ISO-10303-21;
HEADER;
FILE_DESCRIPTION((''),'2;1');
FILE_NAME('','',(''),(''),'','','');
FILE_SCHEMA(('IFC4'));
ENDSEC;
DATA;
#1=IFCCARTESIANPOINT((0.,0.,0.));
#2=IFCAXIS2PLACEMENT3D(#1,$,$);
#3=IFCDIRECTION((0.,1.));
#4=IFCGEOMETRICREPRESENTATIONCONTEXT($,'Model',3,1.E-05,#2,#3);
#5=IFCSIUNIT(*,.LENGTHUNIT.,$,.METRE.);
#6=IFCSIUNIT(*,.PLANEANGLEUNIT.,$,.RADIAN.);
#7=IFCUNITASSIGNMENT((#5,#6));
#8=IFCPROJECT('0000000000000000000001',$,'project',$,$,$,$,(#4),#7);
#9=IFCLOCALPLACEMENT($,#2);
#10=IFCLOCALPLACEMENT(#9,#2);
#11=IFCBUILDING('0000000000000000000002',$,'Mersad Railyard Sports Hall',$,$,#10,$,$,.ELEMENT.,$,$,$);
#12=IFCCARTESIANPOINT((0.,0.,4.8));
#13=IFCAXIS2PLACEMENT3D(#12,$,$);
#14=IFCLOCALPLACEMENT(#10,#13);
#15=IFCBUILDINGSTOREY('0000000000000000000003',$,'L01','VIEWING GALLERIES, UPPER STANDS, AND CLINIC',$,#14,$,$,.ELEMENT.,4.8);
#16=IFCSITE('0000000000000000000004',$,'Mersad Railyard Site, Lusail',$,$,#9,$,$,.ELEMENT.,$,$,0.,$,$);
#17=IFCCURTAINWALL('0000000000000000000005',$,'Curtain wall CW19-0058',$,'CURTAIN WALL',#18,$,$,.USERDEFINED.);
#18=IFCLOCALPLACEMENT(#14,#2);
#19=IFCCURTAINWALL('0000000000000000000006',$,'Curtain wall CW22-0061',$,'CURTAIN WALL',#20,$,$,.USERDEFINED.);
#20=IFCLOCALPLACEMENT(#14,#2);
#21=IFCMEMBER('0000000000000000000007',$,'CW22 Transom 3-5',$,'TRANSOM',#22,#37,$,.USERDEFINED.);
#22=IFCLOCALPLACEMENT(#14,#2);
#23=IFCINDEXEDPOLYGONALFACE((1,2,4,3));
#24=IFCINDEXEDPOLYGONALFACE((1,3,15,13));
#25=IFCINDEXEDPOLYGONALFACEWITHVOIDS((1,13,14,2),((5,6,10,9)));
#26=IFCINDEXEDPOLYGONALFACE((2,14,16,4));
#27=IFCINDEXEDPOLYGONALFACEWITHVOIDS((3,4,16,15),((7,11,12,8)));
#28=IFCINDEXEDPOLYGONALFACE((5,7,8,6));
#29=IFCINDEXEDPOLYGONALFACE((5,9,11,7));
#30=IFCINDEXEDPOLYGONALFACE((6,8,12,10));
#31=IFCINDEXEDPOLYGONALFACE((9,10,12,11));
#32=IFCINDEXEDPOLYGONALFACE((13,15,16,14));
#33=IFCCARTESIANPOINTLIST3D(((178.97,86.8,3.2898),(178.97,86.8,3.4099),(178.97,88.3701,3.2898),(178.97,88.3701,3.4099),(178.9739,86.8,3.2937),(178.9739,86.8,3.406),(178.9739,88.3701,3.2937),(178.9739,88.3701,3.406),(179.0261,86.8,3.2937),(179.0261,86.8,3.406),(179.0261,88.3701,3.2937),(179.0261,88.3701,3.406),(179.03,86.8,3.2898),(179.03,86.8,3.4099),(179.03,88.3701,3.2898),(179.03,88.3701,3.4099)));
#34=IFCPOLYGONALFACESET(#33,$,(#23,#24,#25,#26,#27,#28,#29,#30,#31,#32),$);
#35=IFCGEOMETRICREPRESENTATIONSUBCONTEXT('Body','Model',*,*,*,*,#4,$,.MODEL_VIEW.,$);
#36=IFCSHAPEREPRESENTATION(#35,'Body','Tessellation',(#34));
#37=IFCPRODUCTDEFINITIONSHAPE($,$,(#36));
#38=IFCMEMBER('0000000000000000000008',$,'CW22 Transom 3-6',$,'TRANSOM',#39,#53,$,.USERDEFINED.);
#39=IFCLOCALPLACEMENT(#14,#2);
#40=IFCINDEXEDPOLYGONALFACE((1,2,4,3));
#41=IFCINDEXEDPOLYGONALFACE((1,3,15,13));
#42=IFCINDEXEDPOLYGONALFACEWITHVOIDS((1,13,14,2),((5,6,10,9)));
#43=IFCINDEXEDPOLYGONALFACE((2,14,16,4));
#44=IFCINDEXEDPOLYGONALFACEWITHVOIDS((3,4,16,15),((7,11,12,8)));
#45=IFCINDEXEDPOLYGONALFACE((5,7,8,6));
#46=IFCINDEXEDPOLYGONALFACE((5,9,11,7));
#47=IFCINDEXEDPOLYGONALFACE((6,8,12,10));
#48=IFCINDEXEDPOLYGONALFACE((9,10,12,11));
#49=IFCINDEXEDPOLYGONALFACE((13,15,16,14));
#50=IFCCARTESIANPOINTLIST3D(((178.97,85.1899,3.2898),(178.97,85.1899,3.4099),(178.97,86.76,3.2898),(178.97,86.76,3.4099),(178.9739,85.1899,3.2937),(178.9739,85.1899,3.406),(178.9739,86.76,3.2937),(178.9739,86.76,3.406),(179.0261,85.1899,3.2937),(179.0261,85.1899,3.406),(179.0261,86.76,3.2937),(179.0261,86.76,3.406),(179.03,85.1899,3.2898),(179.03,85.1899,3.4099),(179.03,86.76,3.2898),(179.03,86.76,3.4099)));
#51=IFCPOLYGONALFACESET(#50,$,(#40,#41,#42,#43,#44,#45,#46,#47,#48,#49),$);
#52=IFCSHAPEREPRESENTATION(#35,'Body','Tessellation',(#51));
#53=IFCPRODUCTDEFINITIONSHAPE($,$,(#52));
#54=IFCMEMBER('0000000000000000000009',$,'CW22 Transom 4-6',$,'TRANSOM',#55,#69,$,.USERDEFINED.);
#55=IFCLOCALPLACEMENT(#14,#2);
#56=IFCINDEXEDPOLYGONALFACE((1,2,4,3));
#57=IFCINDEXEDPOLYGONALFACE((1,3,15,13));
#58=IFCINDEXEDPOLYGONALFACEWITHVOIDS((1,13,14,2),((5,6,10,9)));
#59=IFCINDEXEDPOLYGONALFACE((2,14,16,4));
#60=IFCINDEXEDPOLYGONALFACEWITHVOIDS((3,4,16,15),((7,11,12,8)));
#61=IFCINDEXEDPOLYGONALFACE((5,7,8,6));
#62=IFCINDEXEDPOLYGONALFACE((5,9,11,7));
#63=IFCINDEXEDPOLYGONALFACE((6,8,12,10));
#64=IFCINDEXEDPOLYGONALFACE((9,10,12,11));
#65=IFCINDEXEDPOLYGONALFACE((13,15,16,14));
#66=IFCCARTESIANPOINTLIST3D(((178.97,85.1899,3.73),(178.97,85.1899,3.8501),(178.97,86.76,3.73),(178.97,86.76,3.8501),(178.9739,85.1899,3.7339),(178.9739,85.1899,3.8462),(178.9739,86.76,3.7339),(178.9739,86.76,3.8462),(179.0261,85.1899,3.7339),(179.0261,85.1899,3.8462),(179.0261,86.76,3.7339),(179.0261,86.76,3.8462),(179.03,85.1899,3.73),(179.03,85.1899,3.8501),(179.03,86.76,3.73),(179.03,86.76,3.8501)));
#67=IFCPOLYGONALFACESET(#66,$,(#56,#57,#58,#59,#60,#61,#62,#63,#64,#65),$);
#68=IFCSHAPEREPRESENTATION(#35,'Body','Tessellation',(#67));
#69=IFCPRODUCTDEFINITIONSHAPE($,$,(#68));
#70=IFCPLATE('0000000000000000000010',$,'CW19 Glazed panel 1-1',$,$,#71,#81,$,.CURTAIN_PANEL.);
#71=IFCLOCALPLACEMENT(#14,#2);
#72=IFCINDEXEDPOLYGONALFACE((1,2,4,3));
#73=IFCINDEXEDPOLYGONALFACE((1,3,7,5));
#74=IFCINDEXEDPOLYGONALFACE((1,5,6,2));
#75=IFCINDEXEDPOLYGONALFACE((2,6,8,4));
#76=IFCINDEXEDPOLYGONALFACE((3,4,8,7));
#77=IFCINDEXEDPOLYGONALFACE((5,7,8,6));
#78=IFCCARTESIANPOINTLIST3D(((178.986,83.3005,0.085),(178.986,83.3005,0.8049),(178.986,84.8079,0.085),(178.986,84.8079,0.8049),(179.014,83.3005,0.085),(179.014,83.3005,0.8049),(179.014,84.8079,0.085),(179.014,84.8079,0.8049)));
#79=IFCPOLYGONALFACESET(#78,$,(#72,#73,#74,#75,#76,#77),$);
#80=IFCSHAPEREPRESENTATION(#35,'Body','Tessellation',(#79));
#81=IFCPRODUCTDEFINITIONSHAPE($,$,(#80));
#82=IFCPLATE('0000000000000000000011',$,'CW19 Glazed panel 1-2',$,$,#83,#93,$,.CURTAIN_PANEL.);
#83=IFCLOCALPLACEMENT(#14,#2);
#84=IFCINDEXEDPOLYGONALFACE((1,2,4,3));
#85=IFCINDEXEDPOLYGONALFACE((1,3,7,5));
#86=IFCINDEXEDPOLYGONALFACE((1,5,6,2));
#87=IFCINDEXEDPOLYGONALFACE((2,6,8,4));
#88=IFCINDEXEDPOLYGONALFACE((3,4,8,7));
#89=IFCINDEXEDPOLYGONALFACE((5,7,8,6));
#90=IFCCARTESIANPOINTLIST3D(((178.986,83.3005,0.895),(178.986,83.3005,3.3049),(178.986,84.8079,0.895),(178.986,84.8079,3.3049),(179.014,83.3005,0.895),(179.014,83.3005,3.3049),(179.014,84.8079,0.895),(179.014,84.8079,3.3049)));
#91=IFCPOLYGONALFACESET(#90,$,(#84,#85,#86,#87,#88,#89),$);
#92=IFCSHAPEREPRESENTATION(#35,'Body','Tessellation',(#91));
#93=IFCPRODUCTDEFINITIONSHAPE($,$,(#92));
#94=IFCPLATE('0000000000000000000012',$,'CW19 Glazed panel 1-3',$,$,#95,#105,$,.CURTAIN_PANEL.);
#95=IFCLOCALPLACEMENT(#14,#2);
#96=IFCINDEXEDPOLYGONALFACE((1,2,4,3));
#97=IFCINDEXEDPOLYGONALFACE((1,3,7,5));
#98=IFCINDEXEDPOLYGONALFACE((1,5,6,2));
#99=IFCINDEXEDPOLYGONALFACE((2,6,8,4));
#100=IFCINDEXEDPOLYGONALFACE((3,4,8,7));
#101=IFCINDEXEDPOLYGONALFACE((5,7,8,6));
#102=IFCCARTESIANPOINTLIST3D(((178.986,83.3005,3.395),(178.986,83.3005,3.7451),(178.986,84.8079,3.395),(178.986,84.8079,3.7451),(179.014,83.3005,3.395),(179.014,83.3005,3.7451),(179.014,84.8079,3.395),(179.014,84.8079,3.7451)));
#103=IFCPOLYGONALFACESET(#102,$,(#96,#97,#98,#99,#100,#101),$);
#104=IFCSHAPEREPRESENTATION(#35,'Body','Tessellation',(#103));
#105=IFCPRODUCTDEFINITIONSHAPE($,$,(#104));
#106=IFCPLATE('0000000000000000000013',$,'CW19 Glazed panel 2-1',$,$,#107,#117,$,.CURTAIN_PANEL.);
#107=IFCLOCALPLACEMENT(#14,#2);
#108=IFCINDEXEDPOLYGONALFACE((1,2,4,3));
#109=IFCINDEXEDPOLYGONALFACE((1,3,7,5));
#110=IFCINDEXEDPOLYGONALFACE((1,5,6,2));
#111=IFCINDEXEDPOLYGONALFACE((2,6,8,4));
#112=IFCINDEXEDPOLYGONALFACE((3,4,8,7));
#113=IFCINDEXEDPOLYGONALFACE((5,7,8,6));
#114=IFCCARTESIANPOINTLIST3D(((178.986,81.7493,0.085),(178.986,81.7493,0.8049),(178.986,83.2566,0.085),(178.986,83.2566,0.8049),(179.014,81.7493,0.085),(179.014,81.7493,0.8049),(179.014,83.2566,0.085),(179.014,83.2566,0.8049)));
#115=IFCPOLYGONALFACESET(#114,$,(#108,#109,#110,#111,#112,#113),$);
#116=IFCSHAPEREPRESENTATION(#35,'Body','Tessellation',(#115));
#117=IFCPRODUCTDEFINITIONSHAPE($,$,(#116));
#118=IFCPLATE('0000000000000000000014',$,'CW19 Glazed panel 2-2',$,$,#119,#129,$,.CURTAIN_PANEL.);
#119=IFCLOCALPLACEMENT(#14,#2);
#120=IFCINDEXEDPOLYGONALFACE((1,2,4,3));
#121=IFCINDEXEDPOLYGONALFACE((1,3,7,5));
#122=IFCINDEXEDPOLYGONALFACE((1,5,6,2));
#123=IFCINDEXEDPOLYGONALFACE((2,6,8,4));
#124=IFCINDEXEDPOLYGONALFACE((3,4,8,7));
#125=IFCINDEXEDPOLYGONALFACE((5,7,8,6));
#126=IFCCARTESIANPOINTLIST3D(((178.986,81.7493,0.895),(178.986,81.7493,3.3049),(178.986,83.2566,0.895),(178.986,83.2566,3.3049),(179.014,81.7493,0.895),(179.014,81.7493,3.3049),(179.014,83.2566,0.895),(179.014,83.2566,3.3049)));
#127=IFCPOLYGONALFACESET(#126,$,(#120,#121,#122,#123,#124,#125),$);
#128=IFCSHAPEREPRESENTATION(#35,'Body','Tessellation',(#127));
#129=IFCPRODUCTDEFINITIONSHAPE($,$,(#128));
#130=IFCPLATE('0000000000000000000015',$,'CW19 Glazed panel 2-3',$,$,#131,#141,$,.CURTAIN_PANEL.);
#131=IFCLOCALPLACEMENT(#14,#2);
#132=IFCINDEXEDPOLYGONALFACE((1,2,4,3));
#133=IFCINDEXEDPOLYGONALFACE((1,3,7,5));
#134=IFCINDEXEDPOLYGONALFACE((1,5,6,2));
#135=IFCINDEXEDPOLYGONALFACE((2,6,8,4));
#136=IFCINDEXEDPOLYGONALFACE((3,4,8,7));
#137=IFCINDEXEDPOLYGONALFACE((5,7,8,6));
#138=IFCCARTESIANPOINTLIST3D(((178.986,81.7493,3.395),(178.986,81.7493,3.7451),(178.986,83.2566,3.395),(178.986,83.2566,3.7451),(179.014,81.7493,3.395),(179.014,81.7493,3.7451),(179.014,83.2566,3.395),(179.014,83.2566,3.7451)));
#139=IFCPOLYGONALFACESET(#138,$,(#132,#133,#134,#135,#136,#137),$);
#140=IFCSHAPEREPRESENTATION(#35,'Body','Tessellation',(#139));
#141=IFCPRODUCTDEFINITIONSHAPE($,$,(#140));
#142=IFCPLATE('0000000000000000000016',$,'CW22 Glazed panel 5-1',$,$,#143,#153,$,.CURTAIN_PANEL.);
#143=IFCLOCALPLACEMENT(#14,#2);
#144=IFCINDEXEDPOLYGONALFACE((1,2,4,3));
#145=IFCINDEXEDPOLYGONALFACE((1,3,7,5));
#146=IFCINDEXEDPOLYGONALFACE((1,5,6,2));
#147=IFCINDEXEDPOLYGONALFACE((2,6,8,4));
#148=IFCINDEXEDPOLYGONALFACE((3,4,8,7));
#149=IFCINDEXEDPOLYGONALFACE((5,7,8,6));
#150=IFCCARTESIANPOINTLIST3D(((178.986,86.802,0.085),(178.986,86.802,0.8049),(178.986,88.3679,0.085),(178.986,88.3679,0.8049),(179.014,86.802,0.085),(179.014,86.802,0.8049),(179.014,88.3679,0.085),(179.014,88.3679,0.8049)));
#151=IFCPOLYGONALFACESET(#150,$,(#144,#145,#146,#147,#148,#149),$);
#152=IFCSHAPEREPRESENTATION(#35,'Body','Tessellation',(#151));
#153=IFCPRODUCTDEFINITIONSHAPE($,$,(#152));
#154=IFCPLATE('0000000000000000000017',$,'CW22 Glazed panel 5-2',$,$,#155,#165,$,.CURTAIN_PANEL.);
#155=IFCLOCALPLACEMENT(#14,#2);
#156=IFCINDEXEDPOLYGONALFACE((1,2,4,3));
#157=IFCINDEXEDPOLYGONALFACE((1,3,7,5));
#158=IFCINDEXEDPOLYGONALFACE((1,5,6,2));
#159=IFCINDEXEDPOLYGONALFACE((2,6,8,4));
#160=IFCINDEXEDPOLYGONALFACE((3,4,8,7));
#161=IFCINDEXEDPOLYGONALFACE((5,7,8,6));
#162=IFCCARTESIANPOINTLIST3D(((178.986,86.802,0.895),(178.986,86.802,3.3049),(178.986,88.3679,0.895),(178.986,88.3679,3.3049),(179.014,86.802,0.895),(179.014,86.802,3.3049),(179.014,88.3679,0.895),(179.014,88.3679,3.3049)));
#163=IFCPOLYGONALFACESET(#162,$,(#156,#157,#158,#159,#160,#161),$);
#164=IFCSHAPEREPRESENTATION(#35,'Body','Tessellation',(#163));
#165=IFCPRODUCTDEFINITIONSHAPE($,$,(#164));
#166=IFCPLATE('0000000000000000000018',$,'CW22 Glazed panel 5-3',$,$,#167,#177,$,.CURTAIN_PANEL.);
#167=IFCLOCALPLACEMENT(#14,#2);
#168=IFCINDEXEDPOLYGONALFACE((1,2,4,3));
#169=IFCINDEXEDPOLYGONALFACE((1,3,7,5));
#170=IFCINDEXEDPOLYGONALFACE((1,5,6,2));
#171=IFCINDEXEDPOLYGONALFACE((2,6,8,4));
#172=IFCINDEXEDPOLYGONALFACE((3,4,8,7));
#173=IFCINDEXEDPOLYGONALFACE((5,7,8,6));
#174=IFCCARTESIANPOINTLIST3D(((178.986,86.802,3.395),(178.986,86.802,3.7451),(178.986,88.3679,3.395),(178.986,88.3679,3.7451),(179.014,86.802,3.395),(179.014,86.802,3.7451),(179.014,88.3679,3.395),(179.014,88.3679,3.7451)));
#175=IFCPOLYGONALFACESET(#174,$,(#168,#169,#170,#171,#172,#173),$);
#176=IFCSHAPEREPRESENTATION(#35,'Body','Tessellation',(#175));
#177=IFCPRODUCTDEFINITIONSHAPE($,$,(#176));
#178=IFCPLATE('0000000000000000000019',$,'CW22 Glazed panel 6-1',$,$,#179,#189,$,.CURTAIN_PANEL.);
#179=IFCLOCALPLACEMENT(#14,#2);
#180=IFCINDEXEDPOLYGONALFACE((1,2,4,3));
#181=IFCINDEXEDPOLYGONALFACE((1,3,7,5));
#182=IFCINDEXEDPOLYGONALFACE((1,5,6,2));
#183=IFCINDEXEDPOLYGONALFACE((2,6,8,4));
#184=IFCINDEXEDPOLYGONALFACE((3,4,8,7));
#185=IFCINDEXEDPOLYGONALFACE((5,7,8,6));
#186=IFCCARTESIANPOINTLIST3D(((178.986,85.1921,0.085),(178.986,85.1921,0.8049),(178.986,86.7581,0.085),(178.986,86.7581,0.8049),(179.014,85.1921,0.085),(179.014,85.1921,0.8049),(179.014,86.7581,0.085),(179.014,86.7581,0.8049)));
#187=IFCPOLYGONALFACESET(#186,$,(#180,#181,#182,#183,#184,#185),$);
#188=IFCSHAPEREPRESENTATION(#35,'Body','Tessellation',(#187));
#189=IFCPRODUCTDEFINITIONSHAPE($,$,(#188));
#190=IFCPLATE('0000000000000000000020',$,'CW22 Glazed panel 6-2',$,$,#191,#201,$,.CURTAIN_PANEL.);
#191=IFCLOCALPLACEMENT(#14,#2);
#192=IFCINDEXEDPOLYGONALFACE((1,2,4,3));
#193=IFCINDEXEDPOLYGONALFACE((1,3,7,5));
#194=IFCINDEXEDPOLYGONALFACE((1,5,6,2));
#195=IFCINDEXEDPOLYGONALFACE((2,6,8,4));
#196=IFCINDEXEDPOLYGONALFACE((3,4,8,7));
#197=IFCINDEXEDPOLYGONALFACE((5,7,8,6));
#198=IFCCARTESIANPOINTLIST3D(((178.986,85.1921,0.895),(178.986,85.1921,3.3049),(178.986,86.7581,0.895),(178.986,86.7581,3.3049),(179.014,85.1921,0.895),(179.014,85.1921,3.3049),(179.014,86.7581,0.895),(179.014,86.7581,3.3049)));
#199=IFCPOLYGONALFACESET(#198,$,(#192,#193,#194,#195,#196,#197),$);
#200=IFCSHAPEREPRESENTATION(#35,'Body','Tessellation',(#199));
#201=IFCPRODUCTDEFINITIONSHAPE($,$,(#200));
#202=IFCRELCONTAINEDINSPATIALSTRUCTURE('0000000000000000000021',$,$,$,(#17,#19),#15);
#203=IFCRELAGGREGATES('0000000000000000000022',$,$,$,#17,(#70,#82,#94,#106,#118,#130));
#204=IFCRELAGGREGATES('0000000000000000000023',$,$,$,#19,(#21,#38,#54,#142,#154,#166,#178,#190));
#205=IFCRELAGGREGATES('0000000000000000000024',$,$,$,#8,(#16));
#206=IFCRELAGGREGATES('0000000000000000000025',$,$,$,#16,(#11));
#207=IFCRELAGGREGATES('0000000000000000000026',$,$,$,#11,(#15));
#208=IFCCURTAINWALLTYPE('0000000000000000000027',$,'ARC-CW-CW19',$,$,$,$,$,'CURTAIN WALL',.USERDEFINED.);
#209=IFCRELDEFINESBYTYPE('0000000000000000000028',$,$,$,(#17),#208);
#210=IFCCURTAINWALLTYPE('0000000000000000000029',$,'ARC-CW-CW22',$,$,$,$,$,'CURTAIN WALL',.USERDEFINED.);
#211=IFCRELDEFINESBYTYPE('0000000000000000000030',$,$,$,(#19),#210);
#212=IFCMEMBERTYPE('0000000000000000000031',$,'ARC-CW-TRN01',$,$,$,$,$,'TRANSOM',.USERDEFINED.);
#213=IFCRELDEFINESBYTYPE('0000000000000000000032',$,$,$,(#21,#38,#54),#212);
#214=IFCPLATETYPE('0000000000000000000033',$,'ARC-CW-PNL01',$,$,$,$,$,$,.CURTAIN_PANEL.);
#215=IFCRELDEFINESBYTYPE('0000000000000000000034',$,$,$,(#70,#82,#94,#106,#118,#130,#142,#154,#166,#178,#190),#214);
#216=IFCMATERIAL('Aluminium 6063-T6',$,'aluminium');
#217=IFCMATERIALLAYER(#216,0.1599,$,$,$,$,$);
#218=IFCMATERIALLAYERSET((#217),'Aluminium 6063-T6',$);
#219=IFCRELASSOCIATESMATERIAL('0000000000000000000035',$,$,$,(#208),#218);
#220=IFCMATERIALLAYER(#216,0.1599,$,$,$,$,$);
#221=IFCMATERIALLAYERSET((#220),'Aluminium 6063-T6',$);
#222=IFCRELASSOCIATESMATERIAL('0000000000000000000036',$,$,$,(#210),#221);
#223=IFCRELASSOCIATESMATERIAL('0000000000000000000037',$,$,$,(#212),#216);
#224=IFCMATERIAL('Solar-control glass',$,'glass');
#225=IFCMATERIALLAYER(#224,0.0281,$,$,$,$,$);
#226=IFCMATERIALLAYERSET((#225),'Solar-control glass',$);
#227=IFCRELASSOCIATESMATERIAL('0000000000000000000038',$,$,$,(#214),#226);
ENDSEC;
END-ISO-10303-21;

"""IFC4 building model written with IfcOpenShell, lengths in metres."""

from ifc_helpers import new_model, si_unit, direction, frame, origin, origin_2d, place, context, subcontext, project, spatial, rectangle, hollow_rectangle, extrude, material, layer, layer_set, material_profile, profile_set, type_object, element, aggregate, save


model = new_model("IFC4")

# Units and contexts
model_context = context("Model", 3, precision=1e-05, world=origin(), true_north=direction((0.0, 1.0)))
body_context = subcontext(model_context, "Body", "Model", "MODEL_VIEW")
ifc_project = project(units=[si_unit("LENGTHUNIT", "METRE"), si_unit("PLANEANGLEUNIT", "RADIAN")], contexts=[model_context])

# Site, building, storey
site_placement = place(None, origin())
site = spatial("IfcSite", under=ifc_project, at=site_placement, Name="Mersad Railyard Site, Lusail", CompositionType="ELEMENT", RefElevation=0.0)
building_placement = place(site_placement, origin())
building = spatial("IfcBuilding", under=site, at=building_placement, Name="Mersad Railyard Sports Hall", CompositionType="ELEMENT")
storey_placement = place(building_placement, frame((0.0, 0.0, 4.8)))
storey = spatial("IfcBuildingStorey", under=building, at=storey_placement, Name="L01", Description="VIEWING GALLERIES, UPPER STANDS, AND CLINIC", CompositionType="ELEMENT", Elevation=4.8)

# Curtain walls
ifc_material_1 = material(Name="Aluminium 6063-T6", Category="aluminium")
ifc_layer_1 = layer(ifc_material_1, 0.1599)
ifc_layer_set_1 = layer_set([ifc_layer_1], Name="Aluminium 6063-T6")
curtain_wall_type_1 = type_object("IfcCurtainWallType", Name="ARC-CW-CW19", ElementType="CURTAIN WALL", PredefinedType="USERDEFINED", material=ifc_layer_set_1)
curtain_wall_1_placement = place(storey_placement, origin())
curtain_wall_1 = element("IfcCurtainWall", 1, at=curtain_wall_1_placement, inside=storey, type_object=curtain_wall_type_1, Name="Curtain wall CW19-0058", ObjectType="CURTAIN WALL", PredefinedType="USERDEFINED")
ifc_layer_2 = layer(ifc_material_1, 0.1599)
ifc_layer_set_2 = layer_set([ifc_layer_2], Name="Aluminium 6063-T6")
curtain_wall_type_2 = type_object("IfcCurtainWallType", Name="ARC-CW-CW22", ElementType="CURTAIN WALL", PredefinedType="USERDEFINED", material=ifc_layer_set_2)
curtain_wall_2_placement = place(storey_placement, origin())
curtain_wall_2 = element("IfcCurtainWall", 2, at=curtain_wall_2_placement, inside=storey, type_object=curtain_wall_type_2, Name="Curtain wall CW22-0061", ObjectType="CURTAIN WALL", PredefinedType="USERDEFINED")

# Members
ifc_material_profile_1 = material_profile(ifc_material_1, hollow_rectangle(XDim=0.0601, YDim=0.1201, WallThickness=0.0039, at=origin_2d()), Name="AL TRANSOM 60x120x4")
ifc_profile_set_1 = profile_set([ifc_material_profile_1], Name="Aluminium 6063-T6")
member_type_1 = type_object("IfcMemberType", Name="ARC-CW-TRN01", ElementType="TRANSOM", PredefinedType="USERDEFINED", material=ifc_profile_set_1)
member_1_placement = place(storey_placement, frame((179.0, 88.3701, 3.3499), z_axis=(0.0, -1.0, 0.0), x_axis=(1.0, 0.0, 0.0)))
member_1 = element("IfcMember", 3, at=member_1_placement, type_object=member_type_1, Name="CW22 Transom 3-5", ObjectType="TRANSOM", PredefinedType="USERDEFINED", context=body_context, shape_type="SweptSolid", body=[
    extrude(hollow_rectangle(XDim=0.0601, YDim=0.1201, WallThickness=0.0039, at=origin_2d()), origin(), (0.0, 0.0, 1.0), 1.5701),
])
member_2_placement = place(storey_placement, frame((179.0, 86.76, 3.3499), z_axis=(0.0, -1.0, 0.0), x_axis=(1.0, 0.0, 0.0)))
member_2 = element("IfcMember", 4, at=member_2_placement, type_object=member_type_1, Name="CW22 Transom 3-6", ObjectType="TRANSOM", PredefinedType="USERDEFINED", context=body_context, shape_type="SweptSolid", body=[
    extrude(hollow_rectangle(XDim=0.0601, YDim=0.1201, WallThickness=0.0039, at=origin_2d()), origin(), (0.0, 0.0, 1.0), 1.5701),
])
member_3_placement = place(storey_placement, frame((179.0, 86.76, 3.79), z_axis=(0.0, -1.0, 0.0), x_axis=(1.0, 0.0, 0.0)))
member_3 = element("IfcMember", 5, at=member_3_placement, type_object=member_type_1, Name="CW22 Transom 4-6", ObjectType="TRANSOM", PredefinedType="USERDEFINED", context=body_context, shape_type="SweptSolid", body=[
    extrude(hollow_rectangle(XDim=0.0601, YDim=0.1201, WallThickness=0.0039, at=origin_2d()), origin(), (0.0, 0.0, 1.0), 1.5701),
])

# Plates
ifc_material_2 = material(Name="Solar-control glass", Category="glass")
ifc_layer_3 = layer(ifc_material_2, 0.0281)
ifc_layer_set_3 = layer_set([ifc_layer_3], Name="Solar-control glass")
plate_type = type_object("IfcPlateType", Name="ARC-CW-PNL01", PredefinedType="CURTAIN_PANEL", material=ifc_layer_set_3)
plate_1_placement = place(storey_placement, frame((179.0, 84.0542, 0.085), z_axis=(0.0, 0.0, 1.0), x_axis=(0.0, -1.0, 0.0)))
plate_1 = element("IfcPlate", 6, at=plate_1_placement, type_object=plate_type, Name="CW19 Glazed panel 1-1", PredefinedType="CURTAIN_PANEL", context=body_context, shape_type="SweptSolid", body=[
    extrude(rectangle(XDim=1.5073, YDim=0.0281, at=origin_2d()), origin(), (0.0, 0.0, 1.0), 0.72),
])
plate_2_placement = place(storey_placement, frame((179.0, 84.0542, 0.895), z_axis=(0.0, 0.0, 1.0), x_axis=(0.0, -1.0, 0.0)))
plate_2 = element("IfcPlate", 7, at=plate_2_placement, type_object=plate_type, Name="CW19 Glazed panel 1-2", PredefinedType="CURTAIN_PANEL", context=body_context, shape_type="SweptSolid", body=[
    extrude(rectangle(XDim=1.5073, YDim=0.0281, at=origin_2d()), origin(), (0.0, 0.0, 1.0), 2.4099),
])
plate_3_placement = place(storey_placement, frame((179.0, 84.0542, 3.395), z_axis=(0.0, 0.0, 1.0), x_axis=(0.0, -1.0, 0.0)))
plate_3 = element("IfcPlate", 8, at=plate_3_placement, type_object=plate_type, Name="CW19 Glazed panel 1-3", PredefinedType="CURTAIN_PANEL", context=body_context, shape_type="SweptSolid", body=[
    extrude(rectangle(XDim=1.5073, YDim=0.0281, at=origin_2d()), origin(), (0.0, 0.0, 1.0), 0.3501),
])
plate_4_placement = place(storey_placement, frame((179.0, 82.5029, 0.085), z_axis=(0.0, 0.0, 1.0), x_axis=(0.0, -1.0, 0.0)))
plate_4 = element("IfcPlate", 9, at=plate_4_placement, type_object=plate_type, Name="CW19 Glazed panel 2-1", PredefinedType="CURTAIN_PANEL", context=body_context, shape_type="SweptSolid", body=[
    extrude(rectangle(XDim=1.5073, YDim=0.0281, at=origin_2d()), origin(), (0.0, 0.0, 1.0), 0.72),
])
plate_5_placement = place(storey_placement, frame((179.0, 82.5029, 0.895), z_axis=(0.0, 0.0, 1.0), x_axis=(0.0, -1.0, 0.0)))
plate_5 = element("IfcPlate", 10, at=plate_5_placement, type_object=plate_type, Name="CW19 Glazed panel 2-2", PredefinedType="CURTAIN_PANEL", context=body_context, shape_type="SweptSolid", body=[
    extrude(rectangle(XDim=1.5073, YDim=0.0281, at=origin_2d()), origin(), (0.0, 0.0, 1.0), 2.4099),
])
plate_6_placement = place(storey_placement, frame((179.0, 82.5029, 3.395), z_axis=(0.0, 0.0, 1.0), x_axis=(0.0, -1.0, 0.0)))
plate_6 = element("IfcPlate", 11, at=plate_6_placement, type_object=plate_type, Name="CW19 Glazed panel 2-3", PredefinedType="CURTAIN_PANEL", context=body_context, shape_type="SweptSolid", body=[
    extrude(rectangle(XDim=1.5073, YDim=0.0281, at=origin_2d()), origin(), (0.0, 0.0, 1.0), 0.3501),
])
aggregate(curtain_wall_1, [plate_1, plate_2, plate_3, plate_4, plate_5, plate_6])
plate_7_placement = place(storey_placement, frame((179.0, 87.585, 0.085), z_axis=(0.0, 0.0, 1.0), x_axis=(0.0, -1.0, 0.0)))
plate_7 = element("IfcPlate", 12, at=plate_7_placement, type_object=plate_type, Name="CW22 Glazed panel 5-1", PredefinedType="CURTAIN_PANEL", context=body_context, shape_type="SweptSolid", body=[
    extrude(rectangle(XDim=1.5659, YDim=0.0281, at=origin_2d()), origin(), (0.0, 0.0, 1.0), 0.72),
])
plate_8_placement = place(storey_placement, frame((179.0, 87.585, 0.895), z_axis=(0.0, 0.0, 1.0), x_axis=(0.0, -1.0, 0.0)))
plate_8 = element("IfcPlate", 13, at=plate_8_placement, type_object=plate_type, Name="CW22 Glazed panel 5-2", PredefinedType="CURTAIN_PANEL", context=body_context, shape_type="SweptSolid", body=[
    extrude(rectangle(XDim=1.5659, YDim=0.0281, at=origin_2d()), origin(), (0.0, 0.0, 1.0), 2.4099),
])
plate_9_placement = place(storey_placement, frame((179.0, 87.585, 3.395), z_axis=(0.0, 0.0, 1.0), x_axis=(0.0, -1.0, 0.0)))
plate_9 = element("IfcPlate", 14, at=plate_9_placement, type_object=plate_type, Name="CW22 Glazed panel 5-3", PredefinedType="CURTAIN_PANEL", context=body_context, shape_type="SweptSolid", body=[
    extrude(rectangle(XDim=1.5659, YDim=0.0281, at=origin_2d()), origin(), (0.0, 0.0, 1.0), 0.3501),
])
plate_10_placement = place(storey_placement, frame((179.0, 85.9751, 0.085), z_axis=(0.0, 0.0, 1.0), x_axis=(0.0, -1.0, 0.0)))
plate_10 = element("IfcPlate", 15, at=plate_10_placement, type_object=plate_type, Name="CW22 Glazed panel 6-1", PredefinedType="CURTAIN_PANEL", context=body_context, shape_type="SweptSolid", body=[
    extrude(rectangle(XDim=1.5659, YDim=0.0281, at=origin_2d()), origin(), (0.0, 0.0, 1.0), 0.72),
])
plate_11_placement = place(storey_placement, frame((179.0, 85.9751, 0.895), z_axis=(0.0, 0.0, 1.0), x_axis=(0.0, -1.0, 0.0)))
plate_11 = element("IfcPlate", 16, at=plate_11_placement, type_object=plate_type, Name="CW22 Glazed panel 6-2", PredefinedType="CURTAIN_PANEL", context=body_context, shape_type="SweptSolid", body=[
    extrude(rectangle(XDim=1.5659, YDim=0.0281, at=origin_2d()), origin(), (0.0, 0.0, 1.0), 2.4099),
])
aggregate(curtain_wall_2, [member_1, member_2, member_3, plate_7, plate_8, plate_9, plate_10, plate_11])

save(model, "model.ifc")
